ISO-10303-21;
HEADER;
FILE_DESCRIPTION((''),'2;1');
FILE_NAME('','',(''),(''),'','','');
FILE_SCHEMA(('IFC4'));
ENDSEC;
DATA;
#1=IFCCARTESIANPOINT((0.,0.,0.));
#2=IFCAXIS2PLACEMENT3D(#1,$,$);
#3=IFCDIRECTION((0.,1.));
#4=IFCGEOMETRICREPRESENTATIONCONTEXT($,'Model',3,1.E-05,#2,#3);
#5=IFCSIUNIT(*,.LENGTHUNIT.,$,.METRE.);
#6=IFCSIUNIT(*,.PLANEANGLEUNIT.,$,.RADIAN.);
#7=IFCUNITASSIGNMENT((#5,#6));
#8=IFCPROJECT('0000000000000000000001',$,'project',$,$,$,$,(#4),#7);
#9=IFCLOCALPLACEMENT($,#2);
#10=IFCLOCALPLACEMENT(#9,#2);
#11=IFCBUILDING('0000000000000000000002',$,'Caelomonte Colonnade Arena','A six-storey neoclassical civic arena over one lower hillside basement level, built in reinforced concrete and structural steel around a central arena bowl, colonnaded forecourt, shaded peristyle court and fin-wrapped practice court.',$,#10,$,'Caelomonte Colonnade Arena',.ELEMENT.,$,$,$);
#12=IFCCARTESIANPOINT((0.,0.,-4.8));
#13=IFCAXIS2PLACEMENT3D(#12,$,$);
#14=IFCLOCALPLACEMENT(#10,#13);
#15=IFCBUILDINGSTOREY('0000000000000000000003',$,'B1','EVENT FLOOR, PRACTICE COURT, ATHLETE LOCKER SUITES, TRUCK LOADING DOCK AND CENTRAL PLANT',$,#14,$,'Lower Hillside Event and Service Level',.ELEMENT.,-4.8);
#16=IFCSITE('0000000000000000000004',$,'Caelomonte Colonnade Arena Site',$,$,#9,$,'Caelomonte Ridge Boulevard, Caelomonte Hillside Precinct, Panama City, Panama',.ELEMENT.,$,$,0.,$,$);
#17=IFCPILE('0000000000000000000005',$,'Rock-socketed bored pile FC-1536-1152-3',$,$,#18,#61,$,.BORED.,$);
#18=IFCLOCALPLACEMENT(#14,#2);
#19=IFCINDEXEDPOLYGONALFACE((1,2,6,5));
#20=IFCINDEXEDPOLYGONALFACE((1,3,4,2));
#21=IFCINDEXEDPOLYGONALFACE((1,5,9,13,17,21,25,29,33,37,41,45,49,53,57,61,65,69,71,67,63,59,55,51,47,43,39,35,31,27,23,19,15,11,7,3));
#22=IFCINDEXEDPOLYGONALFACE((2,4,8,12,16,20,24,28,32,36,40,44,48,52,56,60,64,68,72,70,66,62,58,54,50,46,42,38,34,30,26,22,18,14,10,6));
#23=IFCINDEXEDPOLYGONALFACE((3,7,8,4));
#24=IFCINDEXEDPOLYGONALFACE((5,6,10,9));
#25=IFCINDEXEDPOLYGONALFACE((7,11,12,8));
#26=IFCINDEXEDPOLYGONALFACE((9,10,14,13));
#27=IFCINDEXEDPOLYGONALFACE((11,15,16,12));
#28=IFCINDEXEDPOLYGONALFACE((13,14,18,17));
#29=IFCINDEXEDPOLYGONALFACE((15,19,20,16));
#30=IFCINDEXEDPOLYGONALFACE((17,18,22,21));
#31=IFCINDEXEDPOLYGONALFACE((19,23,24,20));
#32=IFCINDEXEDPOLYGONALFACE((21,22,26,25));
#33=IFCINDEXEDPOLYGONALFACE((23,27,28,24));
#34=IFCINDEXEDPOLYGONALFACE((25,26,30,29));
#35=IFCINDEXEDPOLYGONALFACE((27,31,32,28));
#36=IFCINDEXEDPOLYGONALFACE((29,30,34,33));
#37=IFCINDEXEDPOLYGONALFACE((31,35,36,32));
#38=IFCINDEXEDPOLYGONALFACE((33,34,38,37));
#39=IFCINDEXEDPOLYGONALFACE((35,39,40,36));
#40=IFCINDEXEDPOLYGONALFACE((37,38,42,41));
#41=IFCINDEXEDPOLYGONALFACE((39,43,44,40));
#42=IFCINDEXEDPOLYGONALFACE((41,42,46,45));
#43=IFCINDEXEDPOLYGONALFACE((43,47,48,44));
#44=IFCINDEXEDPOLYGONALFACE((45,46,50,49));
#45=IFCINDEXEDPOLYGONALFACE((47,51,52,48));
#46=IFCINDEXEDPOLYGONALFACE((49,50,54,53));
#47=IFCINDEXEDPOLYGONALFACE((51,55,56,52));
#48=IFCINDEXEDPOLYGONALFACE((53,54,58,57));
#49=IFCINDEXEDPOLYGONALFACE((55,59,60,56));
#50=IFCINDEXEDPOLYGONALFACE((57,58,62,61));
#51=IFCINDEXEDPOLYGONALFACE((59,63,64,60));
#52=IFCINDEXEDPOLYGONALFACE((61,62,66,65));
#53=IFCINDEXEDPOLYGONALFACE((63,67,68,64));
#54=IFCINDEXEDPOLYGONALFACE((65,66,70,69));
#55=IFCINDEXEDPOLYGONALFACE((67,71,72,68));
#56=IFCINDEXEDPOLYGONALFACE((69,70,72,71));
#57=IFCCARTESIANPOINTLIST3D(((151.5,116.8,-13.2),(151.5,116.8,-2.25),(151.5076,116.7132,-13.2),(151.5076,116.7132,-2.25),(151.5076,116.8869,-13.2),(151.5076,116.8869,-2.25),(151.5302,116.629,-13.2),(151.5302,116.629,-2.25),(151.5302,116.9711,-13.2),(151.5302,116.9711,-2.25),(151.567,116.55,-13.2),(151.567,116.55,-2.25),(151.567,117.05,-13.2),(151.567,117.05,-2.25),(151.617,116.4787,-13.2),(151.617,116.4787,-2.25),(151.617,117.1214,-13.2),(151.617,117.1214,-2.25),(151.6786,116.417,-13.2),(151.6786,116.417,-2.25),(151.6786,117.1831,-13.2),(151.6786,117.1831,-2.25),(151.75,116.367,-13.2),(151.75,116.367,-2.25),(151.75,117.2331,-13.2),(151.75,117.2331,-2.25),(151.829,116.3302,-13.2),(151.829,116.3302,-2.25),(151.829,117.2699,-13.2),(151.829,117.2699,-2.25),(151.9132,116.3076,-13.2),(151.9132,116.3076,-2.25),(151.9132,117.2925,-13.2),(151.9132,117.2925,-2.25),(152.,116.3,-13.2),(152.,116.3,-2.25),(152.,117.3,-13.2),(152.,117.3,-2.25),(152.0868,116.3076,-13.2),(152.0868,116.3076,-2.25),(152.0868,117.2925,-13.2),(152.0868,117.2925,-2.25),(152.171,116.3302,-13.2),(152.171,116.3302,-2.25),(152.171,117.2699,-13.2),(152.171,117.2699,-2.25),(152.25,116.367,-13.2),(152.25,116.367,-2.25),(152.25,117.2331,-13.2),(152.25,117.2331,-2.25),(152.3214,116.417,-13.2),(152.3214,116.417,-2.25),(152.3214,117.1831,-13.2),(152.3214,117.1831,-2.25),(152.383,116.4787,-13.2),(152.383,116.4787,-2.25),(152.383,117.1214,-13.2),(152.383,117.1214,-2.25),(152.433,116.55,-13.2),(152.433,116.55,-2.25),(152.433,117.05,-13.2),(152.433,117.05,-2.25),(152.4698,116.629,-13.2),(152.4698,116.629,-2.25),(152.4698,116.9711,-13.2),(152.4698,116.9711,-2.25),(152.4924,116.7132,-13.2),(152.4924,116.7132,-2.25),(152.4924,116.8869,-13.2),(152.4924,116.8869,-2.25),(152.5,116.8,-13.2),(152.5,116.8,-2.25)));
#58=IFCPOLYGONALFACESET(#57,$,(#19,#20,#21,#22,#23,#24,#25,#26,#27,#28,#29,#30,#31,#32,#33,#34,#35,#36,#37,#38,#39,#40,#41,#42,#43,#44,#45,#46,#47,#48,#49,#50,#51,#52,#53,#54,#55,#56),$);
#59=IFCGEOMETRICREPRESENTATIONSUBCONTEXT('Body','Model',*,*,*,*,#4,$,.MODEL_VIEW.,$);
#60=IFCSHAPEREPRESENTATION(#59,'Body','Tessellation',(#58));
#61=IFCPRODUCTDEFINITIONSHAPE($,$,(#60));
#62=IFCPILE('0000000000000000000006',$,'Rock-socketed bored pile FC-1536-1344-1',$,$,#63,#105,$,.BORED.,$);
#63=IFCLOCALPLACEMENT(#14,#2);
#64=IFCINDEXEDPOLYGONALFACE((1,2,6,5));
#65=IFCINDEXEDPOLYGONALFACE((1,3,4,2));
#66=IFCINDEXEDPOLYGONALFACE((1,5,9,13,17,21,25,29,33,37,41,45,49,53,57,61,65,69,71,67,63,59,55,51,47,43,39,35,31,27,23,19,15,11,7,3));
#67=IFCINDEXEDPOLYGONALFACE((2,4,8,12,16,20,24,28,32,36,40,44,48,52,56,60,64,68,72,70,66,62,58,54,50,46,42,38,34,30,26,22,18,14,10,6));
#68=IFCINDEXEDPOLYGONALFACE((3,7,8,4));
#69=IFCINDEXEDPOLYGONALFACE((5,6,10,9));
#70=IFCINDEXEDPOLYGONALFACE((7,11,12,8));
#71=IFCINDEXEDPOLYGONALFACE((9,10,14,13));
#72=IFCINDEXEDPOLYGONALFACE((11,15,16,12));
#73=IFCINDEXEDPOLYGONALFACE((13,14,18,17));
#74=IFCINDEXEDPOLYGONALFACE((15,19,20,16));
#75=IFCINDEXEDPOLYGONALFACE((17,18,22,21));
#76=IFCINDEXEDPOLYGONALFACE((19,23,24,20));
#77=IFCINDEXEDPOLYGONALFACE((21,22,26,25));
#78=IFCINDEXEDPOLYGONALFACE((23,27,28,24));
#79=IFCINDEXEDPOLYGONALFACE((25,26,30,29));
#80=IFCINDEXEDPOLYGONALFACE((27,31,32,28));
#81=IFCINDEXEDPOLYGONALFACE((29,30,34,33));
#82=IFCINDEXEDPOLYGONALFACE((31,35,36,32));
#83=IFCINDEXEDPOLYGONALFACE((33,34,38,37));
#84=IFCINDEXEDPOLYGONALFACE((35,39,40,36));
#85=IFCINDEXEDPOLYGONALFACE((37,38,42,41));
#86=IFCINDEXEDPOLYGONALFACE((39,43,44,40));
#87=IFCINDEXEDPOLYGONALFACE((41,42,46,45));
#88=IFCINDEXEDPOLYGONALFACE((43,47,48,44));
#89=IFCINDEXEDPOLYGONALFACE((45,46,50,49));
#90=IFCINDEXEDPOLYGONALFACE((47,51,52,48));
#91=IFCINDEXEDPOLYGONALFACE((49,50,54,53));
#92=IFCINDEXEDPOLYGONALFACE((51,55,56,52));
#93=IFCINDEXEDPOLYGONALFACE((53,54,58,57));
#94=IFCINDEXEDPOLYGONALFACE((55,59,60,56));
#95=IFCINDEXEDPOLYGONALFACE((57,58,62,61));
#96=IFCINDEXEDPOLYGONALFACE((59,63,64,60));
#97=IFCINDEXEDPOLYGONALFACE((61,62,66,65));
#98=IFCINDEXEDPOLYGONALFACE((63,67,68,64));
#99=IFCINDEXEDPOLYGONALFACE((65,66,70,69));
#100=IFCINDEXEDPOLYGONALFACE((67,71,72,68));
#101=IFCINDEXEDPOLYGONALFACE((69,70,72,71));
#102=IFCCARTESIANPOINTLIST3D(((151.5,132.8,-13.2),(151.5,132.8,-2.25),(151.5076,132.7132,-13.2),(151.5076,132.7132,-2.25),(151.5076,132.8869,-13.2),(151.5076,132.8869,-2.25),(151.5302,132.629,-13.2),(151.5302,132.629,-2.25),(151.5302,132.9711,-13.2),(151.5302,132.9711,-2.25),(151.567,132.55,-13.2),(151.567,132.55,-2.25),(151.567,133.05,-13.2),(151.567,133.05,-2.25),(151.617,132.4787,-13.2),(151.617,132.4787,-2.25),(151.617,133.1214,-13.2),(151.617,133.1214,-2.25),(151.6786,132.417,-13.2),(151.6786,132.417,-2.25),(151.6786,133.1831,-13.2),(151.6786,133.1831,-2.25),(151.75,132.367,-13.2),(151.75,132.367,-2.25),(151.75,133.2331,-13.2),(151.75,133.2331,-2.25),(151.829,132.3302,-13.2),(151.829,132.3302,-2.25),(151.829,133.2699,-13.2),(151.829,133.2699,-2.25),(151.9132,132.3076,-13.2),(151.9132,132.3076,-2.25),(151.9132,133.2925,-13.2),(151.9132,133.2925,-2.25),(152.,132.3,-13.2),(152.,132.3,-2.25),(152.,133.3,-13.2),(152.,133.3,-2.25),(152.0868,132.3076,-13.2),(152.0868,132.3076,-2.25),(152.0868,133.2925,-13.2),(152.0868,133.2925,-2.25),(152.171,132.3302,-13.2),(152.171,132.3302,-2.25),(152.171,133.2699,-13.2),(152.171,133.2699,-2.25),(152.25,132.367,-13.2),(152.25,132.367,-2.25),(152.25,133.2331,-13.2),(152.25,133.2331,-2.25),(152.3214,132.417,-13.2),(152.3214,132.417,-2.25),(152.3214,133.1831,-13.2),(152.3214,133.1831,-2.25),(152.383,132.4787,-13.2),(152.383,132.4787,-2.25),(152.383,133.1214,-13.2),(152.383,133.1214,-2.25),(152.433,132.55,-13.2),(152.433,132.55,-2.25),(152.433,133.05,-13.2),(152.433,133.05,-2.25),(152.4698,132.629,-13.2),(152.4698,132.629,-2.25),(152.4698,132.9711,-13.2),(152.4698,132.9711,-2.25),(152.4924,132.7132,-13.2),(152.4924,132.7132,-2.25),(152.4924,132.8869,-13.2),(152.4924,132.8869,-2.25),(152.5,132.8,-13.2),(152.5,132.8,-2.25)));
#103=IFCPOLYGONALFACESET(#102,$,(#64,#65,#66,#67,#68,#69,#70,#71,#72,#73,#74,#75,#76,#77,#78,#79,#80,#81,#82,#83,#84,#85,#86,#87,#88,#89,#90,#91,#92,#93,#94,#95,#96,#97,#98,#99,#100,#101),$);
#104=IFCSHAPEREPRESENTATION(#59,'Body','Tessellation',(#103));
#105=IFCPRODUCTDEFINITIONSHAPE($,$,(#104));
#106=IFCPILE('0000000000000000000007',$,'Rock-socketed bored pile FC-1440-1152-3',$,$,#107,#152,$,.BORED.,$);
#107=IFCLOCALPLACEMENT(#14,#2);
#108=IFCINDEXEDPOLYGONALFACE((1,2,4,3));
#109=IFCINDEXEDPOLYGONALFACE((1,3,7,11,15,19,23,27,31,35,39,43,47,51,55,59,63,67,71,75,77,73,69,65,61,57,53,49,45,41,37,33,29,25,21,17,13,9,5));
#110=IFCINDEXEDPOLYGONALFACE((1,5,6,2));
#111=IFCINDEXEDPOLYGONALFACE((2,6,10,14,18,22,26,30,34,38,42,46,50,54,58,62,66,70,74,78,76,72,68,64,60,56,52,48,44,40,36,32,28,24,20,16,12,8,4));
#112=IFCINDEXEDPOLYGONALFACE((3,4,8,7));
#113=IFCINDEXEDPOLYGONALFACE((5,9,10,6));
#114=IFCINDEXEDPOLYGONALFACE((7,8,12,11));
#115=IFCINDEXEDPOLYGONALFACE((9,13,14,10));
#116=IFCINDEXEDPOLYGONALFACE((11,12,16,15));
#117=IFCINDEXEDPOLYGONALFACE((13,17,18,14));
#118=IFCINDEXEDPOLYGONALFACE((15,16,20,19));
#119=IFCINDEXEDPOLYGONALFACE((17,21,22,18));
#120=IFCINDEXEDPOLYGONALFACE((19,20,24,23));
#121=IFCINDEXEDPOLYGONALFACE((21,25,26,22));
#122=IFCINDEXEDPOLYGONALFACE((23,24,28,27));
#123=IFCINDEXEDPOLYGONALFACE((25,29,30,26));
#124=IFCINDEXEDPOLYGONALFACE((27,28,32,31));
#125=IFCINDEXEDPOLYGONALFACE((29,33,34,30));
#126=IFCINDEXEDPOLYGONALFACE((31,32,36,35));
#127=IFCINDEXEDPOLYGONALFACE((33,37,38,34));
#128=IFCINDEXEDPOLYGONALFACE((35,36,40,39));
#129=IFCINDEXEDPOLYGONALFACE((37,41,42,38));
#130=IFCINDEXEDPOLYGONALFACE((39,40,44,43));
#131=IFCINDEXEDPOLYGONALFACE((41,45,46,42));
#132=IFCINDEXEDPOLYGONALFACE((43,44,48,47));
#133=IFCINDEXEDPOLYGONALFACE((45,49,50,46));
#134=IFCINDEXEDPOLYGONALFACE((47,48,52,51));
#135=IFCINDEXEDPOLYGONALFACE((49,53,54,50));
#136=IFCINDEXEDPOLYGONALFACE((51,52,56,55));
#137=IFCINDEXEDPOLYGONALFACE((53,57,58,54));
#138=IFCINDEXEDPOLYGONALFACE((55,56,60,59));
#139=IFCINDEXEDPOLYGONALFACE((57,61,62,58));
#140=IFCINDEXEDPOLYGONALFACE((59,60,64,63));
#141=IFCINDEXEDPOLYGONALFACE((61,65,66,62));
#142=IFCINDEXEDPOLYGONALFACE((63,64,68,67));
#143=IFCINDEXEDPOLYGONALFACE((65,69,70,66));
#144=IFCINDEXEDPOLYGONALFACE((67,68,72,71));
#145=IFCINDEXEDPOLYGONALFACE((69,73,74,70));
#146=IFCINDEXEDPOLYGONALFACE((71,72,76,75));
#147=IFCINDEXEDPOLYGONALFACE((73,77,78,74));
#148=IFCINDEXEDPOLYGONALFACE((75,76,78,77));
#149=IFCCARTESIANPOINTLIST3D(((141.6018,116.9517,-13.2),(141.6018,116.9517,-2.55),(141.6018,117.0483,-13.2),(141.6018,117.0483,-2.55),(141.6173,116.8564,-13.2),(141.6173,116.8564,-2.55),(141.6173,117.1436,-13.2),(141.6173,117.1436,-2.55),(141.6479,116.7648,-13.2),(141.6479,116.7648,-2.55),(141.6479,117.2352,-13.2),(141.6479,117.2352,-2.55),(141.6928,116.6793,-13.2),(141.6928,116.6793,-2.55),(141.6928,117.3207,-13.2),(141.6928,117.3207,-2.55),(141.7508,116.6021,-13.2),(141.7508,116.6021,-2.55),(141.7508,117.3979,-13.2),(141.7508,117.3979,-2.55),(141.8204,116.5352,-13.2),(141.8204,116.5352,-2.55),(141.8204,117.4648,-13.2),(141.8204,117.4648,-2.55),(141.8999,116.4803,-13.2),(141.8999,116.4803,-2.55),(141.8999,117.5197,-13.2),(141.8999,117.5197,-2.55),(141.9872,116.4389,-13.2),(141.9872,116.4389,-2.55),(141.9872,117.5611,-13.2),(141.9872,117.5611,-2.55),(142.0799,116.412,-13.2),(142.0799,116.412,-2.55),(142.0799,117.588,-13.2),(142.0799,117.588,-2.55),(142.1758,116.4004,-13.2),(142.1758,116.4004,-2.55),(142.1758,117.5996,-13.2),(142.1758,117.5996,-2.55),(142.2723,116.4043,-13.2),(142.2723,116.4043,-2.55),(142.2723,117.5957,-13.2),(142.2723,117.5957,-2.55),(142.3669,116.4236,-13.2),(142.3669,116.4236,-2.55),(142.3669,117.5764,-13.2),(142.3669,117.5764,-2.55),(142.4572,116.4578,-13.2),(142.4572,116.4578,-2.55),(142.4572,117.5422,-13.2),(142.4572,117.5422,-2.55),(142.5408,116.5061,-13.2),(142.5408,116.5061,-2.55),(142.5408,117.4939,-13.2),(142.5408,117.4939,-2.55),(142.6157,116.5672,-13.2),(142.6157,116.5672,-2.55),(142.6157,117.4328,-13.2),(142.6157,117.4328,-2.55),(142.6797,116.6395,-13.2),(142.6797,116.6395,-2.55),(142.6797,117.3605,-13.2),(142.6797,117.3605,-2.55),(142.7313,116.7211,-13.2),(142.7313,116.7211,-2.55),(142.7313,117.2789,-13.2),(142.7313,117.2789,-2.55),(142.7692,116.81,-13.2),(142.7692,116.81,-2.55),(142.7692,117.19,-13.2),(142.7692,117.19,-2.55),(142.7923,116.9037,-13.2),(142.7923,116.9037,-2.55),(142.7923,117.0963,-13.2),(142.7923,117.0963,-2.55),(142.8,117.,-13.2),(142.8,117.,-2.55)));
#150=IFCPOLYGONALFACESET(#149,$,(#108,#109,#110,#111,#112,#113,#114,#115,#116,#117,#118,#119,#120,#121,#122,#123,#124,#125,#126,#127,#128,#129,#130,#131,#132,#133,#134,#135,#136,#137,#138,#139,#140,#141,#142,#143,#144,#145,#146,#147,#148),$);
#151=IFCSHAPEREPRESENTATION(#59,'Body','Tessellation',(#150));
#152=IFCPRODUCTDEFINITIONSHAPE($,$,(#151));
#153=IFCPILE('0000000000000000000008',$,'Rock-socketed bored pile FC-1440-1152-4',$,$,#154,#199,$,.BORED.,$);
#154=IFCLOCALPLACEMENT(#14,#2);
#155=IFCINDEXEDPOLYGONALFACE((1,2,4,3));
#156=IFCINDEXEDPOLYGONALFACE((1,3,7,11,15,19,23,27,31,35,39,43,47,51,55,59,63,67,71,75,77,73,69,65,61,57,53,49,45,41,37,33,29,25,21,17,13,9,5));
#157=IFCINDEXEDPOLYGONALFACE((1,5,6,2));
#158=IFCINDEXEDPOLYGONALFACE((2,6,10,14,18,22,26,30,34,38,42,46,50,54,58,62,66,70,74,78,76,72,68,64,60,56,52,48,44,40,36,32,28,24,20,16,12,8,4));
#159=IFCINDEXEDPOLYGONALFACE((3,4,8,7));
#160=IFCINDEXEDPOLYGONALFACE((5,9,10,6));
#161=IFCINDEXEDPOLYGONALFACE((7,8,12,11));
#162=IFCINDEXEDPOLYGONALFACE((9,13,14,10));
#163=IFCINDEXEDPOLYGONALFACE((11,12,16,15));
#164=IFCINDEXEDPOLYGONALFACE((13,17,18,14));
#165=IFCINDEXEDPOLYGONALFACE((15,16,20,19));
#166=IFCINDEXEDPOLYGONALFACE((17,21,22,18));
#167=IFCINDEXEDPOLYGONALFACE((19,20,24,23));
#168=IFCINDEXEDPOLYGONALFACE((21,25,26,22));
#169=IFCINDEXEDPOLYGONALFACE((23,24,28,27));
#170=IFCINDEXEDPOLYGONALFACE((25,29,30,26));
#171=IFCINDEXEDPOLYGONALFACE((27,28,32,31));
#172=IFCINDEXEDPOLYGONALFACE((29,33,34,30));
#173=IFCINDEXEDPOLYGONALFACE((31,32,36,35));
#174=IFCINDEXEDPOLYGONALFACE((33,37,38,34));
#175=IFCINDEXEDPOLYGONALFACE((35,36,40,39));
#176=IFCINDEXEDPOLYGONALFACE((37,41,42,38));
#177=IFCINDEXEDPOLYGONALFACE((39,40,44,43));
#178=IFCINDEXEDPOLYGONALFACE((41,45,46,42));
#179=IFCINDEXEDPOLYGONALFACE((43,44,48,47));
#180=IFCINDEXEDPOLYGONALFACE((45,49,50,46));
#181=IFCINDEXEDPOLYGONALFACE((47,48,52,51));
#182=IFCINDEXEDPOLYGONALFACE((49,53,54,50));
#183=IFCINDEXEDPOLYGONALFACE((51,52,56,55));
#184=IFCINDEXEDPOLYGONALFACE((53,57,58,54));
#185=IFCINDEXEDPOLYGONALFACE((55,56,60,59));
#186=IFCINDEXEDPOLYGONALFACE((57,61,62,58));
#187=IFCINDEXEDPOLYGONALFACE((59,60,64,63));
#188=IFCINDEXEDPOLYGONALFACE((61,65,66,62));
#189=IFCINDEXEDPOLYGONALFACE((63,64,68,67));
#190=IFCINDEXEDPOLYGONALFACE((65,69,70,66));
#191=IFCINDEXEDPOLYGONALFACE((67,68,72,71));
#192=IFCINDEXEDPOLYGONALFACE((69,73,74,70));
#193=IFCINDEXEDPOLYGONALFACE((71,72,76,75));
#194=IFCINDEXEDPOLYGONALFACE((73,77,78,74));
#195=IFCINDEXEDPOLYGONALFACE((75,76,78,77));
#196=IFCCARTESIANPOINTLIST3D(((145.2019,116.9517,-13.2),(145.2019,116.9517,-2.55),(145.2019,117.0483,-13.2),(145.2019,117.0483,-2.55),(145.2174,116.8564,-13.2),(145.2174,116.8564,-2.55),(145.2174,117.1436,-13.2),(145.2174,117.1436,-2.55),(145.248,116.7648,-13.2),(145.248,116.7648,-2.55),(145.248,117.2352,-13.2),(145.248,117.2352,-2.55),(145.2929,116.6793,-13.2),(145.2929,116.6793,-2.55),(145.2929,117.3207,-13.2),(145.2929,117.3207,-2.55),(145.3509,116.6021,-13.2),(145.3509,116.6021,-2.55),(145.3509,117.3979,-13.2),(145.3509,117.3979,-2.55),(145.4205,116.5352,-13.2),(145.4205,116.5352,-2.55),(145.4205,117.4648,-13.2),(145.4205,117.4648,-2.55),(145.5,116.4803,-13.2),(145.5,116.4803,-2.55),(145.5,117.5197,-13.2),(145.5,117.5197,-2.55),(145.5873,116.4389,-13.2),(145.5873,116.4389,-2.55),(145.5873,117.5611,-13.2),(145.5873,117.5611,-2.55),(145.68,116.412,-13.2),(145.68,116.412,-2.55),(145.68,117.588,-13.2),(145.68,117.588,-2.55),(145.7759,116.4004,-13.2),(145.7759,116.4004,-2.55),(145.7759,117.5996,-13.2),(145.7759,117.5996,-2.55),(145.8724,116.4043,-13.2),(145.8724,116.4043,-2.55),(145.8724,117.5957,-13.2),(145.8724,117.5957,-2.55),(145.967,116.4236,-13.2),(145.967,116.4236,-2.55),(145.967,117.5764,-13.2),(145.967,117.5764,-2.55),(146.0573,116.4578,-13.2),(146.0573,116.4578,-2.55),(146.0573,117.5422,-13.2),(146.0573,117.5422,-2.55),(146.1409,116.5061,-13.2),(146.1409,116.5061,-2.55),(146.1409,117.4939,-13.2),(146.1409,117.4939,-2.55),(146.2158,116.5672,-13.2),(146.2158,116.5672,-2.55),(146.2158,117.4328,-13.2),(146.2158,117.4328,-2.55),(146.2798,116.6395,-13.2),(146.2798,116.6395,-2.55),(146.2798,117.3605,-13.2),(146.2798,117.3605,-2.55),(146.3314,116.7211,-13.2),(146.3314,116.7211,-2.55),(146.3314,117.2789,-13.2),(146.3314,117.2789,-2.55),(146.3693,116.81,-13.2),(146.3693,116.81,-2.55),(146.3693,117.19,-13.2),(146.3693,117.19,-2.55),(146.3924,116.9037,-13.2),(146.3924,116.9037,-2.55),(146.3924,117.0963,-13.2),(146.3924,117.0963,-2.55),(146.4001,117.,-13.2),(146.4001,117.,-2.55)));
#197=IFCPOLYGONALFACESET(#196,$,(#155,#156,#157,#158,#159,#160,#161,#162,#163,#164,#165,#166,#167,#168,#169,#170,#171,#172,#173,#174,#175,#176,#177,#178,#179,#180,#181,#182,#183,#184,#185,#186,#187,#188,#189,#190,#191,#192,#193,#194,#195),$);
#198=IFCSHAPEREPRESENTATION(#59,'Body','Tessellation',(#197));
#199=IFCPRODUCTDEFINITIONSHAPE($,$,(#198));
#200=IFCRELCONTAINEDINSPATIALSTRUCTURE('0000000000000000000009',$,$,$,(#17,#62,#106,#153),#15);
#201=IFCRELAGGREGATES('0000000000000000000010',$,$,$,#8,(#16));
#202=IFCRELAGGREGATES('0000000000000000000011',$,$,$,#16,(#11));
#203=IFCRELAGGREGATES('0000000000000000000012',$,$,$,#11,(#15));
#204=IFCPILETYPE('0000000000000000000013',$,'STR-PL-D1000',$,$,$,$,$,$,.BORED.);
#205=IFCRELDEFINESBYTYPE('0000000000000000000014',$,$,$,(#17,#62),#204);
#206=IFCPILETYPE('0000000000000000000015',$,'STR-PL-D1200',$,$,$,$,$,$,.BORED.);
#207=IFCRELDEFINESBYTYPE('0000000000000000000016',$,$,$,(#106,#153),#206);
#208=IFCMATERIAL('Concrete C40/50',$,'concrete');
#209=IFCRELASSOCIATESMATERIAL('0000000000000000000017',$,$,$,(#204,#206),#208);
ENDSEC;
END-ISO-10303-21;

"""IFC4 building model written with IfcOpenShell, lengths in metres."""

from ifc_helpers import new_model, si_unit, direction, frame, origin, origin_2d, place, context, subcontext, project, spatial, circle, extrude, material, material_profile, profile_set, type_object, element, save


model = new_model("IFC4")

# Units and contexts
model_context = context("Model", 3, precision=1e-05, world=origin(), true_north=direction((0.0, 1.0)))
body_context = subcontext(model_context, "Body", "Model", "MODEL_VIEW")
ifc_project = project(units=[si_unit("LENGTHUNIT", "METRE"), si_unit("PLANEANGLEUNIT", "RADIAN")], contexts=[model_context])

# Site, building, storey
site_placement = place(None, origin())
site = spatial("IfcSite", under=ifc_project, at=site_placement, Name="Caelomonte Colonnade Arena Site", LongName="Caelomonte Ridge Boulevard, Caelomonte Hillside Precinct, Panama City, Panama", CompositionType="ELEMENT", RefElevation=0.0)
building_placement = place(site_placement, origin())
building = spatial("IfcBuilding", under=site, at=building_placement, Name="Caelomonte Colonnade Arena", Description="A six-storey neoclassical civic arena over one lower hillside basement level, built in reinforced concrete and structural steel around a central arena bowl, colonnaded forecourt, shaded peristyle court and fin-wrapped practice court.", LongName="Caelomonte Colonnade Arena", CompositionType="ELEMENT")
storey_placement = place(building_placement, frame((0.0, 0.0, -4.8)))
storey = spatial("IfcBuildingStorey", under=building, at=storey_placement, Name="B1", Description="EVENT FLOOR, PRACTICE COURT, ATHLETE LOCKER SUITES, TRUCK LOADING DOCK AND CENTRAL PLANT", LongName="Lower Hillside Event and Service Level", CompositionType="ELEMENT", Elevation=-4.8)

# Shared definitions
ifc_material_1 = material(Name="Concrete C40/50", Category="concrete")

# Piles
ifc_material_profile_1 = material_profile(ifc_material_1, circle(Radius=0.5, at=origin_2d()), Name="PILE-D1000")
ifc_profile_set_1 = profile_set([ifc_material_profile_1], Name="Concrete C40/50")
pile_type_1 = type_object("IfcPileType", Name="STR-PL-D1000", PredefinedType="BORED", material=ifc_profile_set_1)
for number, where, z_axis, x_axis, name in (
    (1, (152.0, 116.8, -2.25), (0.0, 0.0, -1.0), (1.0, 0.0, 0.0), "Rock-socketed bored pile FC-1536-1152-3"),
    (2, (152.0, 132.8, -2.25), (0.0, 0.0, -1.0), (1.0, 0.0, 0.0), "Rock-socketed bored pile FC-1536-1344-1"),
):
    element("IfcPile", number, at=place(storey_placement, frame(where, z_axis=z_axis, x_axis=x_axis)), inside=storey, type_object=pile_type_1, Name=name, PredefinedType="BORED", context=body_context, shape_type="SweptSolid", body=[
        extrude(circle(Radius=0.5, at=origin_2d()), origin(), (0.0, 0.0, 1.0), 10.95),
    ])
ifc_material_profile_2 = material_profile(ifc_material_1, circle(Radius=0.6001, at=origin_2d()), Name="PILE-D1200")
ifc_profile_set_2 = profile_set([ifc_material_profile_2], Name="Concrete C40/50")
pile_type_2 = type_object("IfcPileType", Name="STR-PL-D1200", PredefinedType="BORED", material=ifc_profile_set_2)
for number, where, z_axis, x_axis, name in (
    (3, (142.2, 117.0, -2.55), (0.0, 0.0, -1.0), (1.0, 0.0, 0.0), "Rock-socketed bored pile FC-1440-1152-3"),
    (4, (145.8, 117.0, -2.55), (0.0, 0.0, -1.0), (1.0, 0.0, 0.0), "Rock-socketed bored pile FC-1440-1152-4"),
):
    element("IfcPile", number, at=place(storey_placement, frame(where, z_axis=z_axis, x_axis=x_axis)), inside=storey, type_object=pile_type_2, Name=name, PredefinedType="BORED", context=body_context, shape_type="SweptSolid", body=[
        extrude(circle(Radius=0.6001, at=origin_2d()), origin(), (0.0, 0.0, 1.0), 10.6499),
    ])

save(model, "model.ifc")
